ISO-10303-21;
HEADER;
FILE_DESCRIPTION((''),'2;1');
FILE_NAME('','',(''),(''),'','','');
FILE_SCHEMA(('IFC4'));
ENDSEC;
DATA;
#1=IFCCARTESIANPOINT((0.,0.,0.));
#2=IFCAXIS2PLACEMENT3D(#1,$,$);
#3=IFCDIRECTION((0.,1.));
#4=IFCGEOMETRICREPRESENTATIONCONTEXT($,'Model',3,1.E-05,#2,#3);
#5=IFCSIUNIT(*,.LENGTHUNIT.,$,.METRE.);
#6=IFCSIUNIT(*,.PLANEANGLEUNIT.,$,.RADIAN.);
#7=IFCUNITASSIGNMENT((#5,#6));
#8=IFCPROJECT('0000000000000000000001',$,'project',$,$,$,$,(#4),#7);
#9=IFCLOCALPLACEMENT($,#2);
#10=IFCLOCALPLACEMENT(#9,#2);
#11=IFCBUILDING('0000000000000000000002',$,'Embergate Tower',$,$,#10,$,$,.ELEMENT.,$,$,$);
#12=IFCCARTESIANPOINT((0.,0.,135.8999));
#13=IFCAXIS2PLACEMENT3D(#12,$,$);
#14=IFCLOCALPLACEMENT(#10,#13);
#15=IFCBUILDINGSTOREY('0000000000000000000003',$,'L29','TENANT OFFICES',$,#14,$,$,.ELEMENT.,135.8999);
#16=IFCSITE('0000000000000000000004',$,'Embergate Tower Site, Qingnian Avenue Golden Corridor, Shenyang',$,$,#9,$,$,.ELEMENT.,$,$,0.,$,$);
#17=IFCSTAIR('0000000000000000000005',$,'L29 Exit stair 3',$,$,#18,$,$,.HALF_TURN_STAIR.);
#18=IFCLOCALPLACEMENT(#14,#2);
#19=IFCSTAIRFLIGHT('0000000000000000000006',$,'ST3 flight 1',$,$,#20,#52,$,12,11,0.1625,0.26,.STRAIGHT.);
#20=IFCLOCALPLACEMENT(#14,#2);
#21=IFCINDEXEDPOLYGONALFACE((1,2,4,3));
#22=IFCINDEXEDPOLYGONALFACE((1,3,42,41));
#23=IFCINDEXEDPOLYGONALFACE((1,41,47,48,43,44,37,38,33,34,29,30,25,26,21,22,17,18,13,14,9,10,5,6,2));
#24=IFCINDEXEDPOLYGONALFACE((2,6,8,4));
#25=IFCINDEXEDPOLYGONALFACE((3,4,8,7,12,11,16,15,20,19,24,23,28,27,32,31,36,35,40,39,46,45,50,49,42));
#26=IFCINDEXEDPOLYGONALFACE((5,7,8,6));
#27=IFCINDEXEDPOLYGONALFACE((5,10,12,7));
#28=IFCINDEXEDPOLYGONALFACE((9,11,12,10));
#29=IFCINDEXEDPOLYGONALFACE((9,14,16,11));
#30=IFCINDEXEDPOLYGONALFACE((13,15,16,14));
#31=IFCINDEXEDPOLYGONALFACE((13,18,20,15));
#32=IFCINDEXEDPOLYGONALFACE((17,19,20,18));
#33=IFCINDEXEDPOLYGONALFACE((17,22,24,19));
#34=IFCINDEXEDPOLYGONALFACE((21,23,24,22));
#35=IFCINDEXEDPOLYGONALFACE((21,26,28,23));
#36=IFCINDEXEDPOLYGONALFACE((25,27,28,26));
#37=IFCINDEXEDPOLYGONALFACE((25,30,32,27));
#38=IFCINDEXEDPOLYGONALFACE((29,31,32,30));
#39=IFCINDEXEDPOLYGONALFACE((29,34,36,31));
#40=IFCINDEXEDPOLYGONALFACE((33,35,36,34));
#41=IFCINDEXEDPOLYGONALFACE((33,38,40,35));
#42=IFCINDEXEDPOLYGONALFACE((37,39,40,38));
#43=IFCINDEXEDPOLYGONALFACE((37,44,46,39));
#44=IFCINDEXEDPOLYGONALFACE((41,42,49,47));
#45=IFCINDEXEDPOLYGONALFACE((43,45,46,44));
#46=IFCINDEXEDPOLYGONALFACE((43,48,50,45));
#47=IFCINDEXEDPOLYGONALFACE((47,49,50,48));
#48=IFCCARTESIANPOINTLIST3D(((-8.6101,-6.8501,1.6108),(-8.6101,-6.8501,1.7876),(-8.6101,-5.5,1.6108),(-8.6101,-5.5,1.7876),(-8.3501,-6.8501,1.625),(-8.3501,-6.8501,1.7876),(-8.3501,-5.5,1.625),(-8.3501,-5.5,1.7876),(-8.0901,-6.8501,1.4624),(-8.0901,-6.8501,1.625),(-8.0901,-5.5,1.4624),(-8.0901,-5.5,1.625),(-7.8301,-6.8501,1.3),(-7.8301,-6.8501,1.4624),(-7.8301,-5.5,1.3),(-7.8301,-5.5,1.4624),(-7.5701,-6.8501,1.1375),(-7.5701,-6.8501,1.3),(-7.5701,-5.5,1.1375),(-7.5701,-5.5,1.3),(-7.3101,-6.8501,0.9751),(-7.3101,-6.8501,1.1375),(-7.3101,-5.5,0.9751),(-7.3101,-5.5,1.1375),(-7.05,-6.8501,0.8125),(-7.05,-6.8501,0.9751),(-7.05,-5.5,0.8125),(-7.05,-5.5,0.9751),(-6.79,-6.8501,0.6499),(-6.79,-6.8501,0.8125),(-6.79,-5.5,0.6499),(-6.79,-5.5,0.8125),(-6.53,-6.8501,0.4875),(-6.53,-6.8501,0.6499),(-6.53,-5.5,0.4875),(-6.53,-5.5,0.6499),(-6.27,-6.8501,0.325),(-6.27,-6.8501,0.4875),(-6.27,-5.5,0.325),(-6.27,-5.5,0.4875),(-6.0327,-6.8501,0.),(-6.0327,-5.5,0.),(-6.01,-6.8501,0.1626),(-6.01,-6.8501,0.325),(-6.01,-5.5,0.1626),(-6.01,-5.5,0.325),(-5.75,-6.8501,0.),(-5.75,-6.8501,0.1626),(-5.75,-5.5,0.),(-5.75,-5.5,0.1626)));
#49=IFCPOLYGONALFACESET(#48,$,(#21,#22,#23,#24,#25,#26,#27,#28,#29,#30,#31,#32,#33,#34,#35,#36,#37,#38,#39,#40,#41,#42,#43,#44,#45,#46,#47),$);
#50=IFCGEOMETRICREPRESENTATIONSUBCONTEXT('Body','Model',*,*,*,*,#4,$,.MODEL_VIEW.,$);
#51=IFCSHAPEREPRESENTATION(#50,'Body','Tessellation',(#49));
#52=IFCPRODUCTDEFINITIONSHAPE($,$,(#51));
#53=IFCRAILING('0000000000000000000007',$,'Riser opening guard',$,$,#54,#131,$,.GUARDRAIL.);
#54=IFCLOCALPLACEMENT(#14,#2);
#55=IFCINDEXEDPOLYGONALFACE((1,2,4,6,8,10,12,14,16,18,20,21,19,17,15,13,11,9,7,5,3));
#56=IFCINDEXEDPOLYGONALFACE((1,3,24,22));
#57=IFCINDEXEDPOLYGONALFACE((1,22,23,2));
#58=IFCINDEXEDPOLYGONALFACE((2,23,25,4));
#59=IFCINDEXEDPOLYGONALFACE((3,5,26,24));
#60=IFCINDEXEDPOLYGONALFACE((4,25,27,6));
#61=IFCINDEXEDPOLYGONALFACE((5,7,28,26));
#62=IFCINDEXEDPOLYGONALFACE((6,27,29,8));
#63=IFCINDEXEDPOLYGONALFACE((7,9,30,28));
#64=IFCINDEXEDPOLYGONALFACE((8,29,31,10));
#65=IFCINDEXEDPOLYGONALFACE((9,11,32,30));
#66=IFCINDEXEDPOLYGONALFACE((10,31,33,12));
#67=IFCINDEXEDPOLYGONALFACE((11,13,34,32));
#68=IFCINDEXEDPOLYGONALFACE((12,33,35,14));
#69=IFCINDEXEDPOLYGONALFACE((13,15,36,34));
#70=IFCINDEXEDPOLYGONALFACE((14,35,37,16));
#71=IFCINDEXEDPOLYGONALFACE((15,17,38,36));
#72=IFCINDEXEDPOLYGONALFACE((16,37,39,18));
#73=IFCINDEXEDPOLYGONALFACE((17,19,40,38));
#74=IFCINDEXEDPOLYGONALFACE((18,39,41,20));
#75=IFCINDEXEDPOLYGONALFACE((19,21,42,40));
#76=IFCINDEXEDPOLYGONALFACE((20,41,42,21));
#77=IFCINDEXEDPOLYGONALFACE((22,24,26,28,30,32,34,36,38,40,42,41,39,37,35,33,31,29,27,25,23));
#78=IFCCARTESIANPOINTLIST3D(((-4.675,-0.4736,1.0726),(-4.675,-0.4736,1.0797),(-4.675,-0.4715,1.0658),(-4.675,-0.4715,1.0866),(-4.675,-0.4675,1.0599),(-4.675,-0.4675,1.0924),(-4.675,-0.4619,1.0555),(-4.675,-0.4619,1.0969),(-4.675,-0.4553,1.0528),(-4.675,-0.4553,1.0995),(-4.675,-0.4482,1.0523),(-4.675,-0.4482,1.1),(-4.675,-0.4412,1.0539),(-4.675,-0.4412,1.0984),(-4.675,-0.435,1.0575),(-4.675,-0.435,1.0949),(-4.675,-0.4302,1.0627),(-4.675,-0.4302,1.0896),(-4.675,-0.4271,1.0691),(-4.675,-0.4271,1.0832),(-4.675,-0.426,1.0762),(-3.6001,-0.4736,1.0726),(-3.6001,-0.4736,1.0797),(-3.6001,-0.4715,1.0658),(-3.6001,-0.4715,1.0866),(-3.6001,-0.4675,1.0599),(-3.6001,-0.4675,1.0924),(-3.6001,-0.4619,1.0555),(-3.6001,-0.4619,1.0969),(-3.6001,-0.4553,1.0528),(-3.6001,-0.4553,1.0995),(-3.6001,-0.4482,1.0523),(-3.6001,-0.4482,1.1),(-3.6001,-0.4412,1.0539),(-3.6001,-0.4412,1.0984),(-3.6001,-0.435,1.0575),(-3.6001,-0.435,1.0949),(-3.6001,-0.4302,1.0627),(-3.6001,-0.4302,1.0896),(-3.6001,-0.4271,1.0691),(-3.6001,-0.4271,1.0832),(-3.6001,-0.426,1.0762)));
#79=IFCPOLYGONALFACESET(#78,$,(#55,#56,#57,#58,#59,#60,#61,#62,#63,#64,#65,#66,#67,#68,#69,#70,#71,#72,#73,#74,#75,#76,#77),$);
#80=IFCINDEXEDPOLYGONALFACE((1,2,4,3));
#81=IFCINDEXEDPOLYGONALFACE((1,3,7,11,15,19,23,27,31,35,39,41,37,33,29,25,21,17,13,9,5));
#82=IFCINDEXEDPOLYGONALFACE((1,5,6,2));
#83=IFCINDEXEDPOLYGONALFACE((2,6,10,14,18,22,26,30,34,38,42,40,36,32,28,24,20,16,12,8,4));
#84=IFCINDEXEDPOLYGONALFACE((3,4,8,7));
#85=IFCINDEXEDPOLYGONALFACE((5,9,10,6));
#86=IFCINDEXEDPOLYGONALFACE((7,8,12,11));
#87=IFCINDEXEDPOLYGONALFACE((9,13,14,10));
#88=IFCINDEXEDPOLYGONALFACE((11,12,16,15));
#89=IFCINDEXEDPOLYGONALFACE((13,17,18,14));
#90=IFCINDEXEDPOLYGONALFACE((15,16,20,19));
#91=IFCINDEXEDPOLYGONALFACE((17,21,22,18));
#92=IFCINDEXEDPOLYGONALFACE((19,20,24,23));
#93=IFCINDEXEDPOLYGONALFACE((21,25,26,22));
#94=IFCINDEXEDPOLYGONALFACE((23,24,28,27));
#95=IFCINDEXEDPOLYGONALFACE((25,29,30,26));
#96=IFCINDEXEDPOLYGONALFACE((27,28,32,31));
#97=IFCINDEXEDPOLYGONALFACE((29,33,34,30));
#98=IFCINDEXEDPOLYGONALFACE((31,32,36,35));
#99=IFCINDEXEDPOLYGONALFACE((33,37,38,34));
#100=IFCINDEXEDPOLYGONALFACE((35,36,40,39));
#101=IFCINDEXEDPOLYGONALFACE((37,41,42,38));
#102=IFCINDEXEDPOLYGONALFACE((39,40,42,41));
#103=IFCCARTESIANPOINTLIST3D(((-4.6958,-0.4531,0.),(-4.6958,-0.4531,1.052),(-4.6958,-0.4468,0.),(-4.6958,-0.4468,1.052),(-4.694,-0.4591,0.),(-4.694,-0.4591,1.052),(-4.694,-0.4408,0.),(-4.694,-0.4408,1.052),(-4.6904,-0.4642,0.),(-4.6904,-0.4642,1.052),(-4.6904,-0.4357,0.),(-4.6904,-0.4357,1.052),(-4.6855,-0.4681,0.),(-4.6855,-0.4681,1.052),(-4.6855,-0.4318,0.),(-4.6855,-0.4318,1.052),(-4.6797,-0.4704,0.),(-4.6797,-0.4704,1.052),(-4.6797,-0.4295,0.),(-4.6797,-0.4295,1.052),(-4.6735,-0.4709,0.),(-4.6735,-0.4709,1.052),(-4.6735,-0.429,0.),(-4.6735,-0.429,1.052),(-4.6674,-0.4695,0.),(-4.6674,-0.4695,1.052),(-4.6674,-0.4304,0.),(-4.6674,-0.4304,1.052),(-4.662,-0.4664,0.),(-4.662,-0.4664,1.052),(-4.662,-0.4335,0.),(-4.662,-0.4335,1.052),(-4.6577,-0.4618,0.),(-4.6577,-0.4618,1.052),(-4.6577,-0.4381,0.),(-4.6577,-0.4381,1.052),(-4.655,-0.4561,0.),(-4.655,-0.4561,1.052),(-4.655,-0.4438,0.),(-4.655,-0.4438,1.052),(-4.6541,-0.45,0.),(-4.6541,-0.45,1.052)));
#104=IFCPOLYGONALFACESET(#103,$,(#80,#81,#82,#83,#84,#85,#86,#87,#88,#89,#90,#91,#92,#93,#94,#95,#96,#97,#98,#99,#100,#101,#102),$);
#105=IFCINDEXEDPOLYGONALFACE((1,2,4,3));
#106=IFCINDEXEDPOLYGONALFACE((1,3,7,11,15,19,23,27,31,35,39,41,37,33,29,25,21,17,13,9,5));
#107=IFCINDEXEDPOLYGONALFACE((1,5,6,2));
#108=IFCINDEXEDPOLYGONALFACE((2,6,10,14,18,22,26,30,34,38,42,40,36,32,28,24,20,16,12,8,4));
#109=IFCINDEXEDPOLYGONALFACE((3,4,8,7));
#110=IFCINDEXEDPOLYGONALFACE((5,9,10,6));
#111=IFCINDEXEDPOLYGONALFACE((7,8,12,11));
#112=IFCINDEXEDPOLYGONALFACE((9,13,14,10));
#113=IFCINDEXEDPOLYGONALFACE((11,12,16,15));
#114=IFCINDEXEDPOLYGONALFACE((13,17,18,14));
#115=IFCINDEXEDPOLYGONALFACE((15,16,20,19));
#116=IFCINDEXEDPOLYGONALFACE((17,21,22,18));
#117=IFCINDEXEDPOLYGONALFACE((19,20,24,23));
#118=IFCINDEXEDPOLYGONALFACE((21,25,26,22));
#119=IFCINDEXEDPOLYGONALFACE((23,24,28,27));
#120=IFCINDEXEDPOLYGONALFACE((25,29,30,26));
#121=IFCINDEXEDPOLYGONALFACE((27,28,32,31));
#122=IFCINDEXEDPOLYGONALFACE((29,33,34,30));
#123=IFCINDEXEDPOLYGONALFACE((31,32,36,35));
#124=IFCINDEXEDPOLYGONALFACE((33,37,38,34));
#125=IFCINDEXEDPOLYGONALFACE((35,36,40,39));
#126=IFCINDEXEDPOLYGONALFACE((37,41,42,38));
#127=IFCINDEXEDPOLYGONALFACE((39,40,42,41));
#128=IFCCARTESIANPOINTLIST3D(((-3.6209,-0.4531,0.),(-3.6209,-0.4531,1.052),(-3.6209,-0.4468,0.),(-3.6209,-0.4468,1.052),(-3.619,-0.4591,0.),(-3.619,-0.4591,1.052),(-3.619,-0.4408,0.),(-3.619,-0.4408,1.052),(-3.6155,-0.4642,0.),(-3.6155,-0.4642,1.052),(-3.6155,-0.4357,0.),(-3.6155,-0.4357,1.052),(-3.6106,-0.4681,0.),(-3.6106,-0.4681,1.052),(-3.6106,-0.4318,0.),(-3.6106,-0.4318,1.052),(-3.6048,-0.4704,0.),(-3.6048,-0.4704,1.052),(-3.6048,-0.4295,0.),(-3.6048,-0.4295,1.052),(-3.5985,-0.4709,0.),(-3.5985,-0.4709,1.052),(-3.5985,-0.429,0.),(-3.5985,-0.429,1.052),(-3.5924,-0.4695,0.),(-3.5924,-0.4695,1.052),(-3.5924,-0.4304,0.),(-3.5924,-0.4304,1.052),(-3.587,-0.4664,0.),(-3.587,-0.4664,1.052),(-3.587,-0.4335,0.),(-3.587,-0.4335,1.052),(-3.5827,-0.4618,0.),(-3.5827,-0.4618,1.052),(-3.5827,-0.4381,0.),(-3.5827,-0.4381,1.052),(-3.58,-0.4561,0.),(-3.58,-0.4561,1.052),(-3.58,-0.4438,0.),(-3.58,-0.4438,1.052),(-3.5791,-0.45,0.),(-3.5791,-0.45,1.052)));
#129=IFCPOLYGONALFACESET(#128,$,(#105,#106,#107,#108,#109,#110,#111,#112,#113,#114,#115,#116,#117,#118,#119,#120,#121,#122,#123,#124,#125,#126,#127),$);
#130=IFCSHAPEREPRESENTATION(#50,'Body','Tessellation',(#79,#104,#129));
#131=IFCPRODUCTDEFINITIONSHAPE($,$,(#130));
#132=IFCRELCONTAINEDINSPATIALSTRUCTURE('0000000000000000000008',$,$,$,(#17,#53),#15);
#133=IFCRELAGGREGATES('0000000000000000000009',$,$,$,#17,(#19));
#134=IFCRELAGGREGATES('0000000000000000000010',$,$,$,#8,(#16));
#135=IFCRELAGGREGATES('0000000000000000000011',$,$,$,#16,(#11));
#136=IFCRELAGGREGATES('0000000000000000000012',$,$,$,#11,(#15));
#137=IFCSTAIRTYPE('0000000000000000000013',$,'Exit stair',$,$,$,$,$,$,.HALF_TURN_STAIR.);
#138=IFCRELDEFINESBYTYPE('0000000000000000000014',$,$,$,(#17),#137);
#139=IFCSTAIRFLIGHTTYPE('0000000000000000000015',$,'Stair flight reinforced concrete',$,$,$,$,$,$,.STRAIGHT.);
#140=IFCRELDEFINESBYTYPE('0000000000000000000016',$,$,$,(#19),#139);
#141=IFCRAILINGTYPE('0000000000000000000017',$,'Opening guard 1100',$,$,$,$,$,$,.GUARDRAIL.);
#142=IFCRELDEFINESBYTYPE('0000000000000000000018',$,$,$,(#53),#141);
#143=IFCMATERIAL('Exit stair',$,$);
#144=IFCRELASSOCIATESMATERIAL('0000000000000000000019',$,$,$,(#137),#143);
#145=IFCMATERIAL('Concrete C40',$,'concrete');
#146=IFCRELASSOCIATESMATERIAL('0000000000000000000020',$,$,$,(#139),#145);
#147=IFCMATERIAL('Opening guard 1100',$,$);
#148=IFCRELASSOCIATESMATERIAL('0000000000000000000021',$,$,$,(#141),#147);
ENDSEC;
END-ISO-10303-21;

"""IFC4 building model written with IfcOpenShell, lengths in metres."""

from ifc_helpers import new_model, si_unit, direction, frame, origin, origin_2d, place, context, subcontext, project, spatial, polyline, circle, outline, extrude, source, transform, mapped, material, type_object, element, aggregate, save


model = new_model("IFC4")

# Units and contexts
model_context = context("Model", 3, precision=1e-05, world=origin(), true_north=direction((0.0, 1.0)))
body_context = subcontext(model_context, "Body", "Model", "MODEL_VIEW")
ifc_project = project(units=[si_unit("LENGTHUNIT", "METRE"), si_unit("PLANEANGLEUNIT", "RADIAN")], contexts=[model_context])

# Site, building, storey
site_placement = place(None, origin())
site = spatial("IfcSite", under=ifc_project, at=site_placement, Name="Embergate Tower Site, Qingnian Avenue Golden Corridor, Shenyang", CompositionType="ELEMENT", RefElevation=0.0)
building_placement = place(site_placement, origin())
building = spatial("IfcBuilding", under=site, at=building_placement, Name="Embergate Tower", CompositionType="ELEMENT")
storey_placement = place(building_placement, frame((0.0, 0.0, 135.8999)))
storey = spatial("IfcBuildingStorey", under=building, at=storey_placement, Name="L29", Description="TENANT OFFICES", CompositionType="ELEMENT", Elevation=135.8999)

# Stair, stair flight
ifc_material_1 = material(Name="Exit stair")
stair_type = type_object("IfcStairType", Name="Exit stair", PredefinedType="HALF_TURN_STAIR", material=ifc_material_1)
stair_placement = place(storey_placement, origin())
stair = element("IfcStair", 1, at=stair_placement, inside=storey, type_object=stair_type, Name="L29 Exit stair 3", PredefinedType="HALF_TURN_STAIR")
ifc_material_2 = material(Name="Concrete C40", Category="concrete")
stair_flight_type = type_object("IfcStairFlightType", Name="Stair flight reinforced concrete", PredefinedType="STRAIGHT", material=ifc_material_2)
shared_shape_1 = source(origin(), body_context, "Body", "SweptSolid", [
    extrude(outline(polyline([(0.0, 0.0), (0.0, 0.1626), (0.26, 0.1626), (0.26, 0.325), (0.52, 0.325), (0.52, 0.4875), (0.78, 0.4875), (0.78, 0.6499), (1.04, 0.6499), (1.04, 0.8125), (1.3, 0.8125), (1.3, 0.9751), (1.5601, 0.9751), (1.5601, 1.1375), (1.8201, 1.1375), (1.8201, 1.3), (2.0801, 1.3), (2.0801, 1.4624), (2.3401, 1.4624), (2.3401, 1.625), (2.6001, 1.625), (2.6001, 1.7876), (2.8601, 1.7876), (2.8601, 1.95), (2.8601, 1.6108), (0.2827, 0.0), (0.0, 0.0)])), frame((0.0, 0.675, 0.0), z_axis=(0.0, -1.0, 0.0), x_axis=(1.0, 0.0, 0.0)), (0.0, 0.0, 1.0), 1.3501),
])
stair_flight_placement = place(storey_placement, frame((-5.75, -6.175, 0.0), z_axis=(0.0, 0.0, 1.0), x_axis=(-1.0, 0.0, 0.0)))
stair_flight = element("IfcStairFlight", 2, at=stair_flight_placement, type_object=stair_flight_type, Name="ST3 flight 1", NumberOfRisers=12, NumberOfTreads=11, PredefinedType="STRAIGHT", RiserHeight=0.1625, TreadLength=0.26, context=body_context, shape_type="MappedRepresentation", body=[
    mapped(shared_shape_1, transform((0.0, 0.0, 0.0))),
])
aggregate(stair, [stair_flight])

# Railing
ifc_material_3 = material(Name="Opening guard 1100")
railing_type_1 = type_object("IfcRailingType", Name="Opening guard 1100", PredefinedType="GUARDRAIL", material=ifc_material_3)
shared_shape_2 = source(origin(), body_context, "Body", "SweptSolid", [
    extrude(circle(Radius=0.0239, at=origin_2d()), frame((0.0, 0.0, 1.0762), z_axis=(1.0, 0.0, 0.0), x_axis=(0.0, 1.0, 0.0)), (0.0, 0.0, 1.0), 1.075),
    extrude(circle(Radius=0.021, at=origin_2d()), origin(), (0.0, 0.0, 1.0), 1.052),
    extrude(circle(Radius=0.021, at=origin_2d()), frame((1.075, 0.0, 0.0)), (0.0, 0.0, 1.0), 1.052),
])
railing_1_placement = place(storey_placement, frame((-4.675, -0.45, 0.0)))
element("IfcRailing", 3, at=railing_1_placement, inside=storey, type_object=railing_type_1, Name="Riser opening guard", PredefinedType="GUARDRAIL", context=body_context, shape_type="MappedRepresentation", body=[
    mapped(shared_shape_2, transform((0.0, 0.0, 0.0))),
])

save(model, "model.ifc")
